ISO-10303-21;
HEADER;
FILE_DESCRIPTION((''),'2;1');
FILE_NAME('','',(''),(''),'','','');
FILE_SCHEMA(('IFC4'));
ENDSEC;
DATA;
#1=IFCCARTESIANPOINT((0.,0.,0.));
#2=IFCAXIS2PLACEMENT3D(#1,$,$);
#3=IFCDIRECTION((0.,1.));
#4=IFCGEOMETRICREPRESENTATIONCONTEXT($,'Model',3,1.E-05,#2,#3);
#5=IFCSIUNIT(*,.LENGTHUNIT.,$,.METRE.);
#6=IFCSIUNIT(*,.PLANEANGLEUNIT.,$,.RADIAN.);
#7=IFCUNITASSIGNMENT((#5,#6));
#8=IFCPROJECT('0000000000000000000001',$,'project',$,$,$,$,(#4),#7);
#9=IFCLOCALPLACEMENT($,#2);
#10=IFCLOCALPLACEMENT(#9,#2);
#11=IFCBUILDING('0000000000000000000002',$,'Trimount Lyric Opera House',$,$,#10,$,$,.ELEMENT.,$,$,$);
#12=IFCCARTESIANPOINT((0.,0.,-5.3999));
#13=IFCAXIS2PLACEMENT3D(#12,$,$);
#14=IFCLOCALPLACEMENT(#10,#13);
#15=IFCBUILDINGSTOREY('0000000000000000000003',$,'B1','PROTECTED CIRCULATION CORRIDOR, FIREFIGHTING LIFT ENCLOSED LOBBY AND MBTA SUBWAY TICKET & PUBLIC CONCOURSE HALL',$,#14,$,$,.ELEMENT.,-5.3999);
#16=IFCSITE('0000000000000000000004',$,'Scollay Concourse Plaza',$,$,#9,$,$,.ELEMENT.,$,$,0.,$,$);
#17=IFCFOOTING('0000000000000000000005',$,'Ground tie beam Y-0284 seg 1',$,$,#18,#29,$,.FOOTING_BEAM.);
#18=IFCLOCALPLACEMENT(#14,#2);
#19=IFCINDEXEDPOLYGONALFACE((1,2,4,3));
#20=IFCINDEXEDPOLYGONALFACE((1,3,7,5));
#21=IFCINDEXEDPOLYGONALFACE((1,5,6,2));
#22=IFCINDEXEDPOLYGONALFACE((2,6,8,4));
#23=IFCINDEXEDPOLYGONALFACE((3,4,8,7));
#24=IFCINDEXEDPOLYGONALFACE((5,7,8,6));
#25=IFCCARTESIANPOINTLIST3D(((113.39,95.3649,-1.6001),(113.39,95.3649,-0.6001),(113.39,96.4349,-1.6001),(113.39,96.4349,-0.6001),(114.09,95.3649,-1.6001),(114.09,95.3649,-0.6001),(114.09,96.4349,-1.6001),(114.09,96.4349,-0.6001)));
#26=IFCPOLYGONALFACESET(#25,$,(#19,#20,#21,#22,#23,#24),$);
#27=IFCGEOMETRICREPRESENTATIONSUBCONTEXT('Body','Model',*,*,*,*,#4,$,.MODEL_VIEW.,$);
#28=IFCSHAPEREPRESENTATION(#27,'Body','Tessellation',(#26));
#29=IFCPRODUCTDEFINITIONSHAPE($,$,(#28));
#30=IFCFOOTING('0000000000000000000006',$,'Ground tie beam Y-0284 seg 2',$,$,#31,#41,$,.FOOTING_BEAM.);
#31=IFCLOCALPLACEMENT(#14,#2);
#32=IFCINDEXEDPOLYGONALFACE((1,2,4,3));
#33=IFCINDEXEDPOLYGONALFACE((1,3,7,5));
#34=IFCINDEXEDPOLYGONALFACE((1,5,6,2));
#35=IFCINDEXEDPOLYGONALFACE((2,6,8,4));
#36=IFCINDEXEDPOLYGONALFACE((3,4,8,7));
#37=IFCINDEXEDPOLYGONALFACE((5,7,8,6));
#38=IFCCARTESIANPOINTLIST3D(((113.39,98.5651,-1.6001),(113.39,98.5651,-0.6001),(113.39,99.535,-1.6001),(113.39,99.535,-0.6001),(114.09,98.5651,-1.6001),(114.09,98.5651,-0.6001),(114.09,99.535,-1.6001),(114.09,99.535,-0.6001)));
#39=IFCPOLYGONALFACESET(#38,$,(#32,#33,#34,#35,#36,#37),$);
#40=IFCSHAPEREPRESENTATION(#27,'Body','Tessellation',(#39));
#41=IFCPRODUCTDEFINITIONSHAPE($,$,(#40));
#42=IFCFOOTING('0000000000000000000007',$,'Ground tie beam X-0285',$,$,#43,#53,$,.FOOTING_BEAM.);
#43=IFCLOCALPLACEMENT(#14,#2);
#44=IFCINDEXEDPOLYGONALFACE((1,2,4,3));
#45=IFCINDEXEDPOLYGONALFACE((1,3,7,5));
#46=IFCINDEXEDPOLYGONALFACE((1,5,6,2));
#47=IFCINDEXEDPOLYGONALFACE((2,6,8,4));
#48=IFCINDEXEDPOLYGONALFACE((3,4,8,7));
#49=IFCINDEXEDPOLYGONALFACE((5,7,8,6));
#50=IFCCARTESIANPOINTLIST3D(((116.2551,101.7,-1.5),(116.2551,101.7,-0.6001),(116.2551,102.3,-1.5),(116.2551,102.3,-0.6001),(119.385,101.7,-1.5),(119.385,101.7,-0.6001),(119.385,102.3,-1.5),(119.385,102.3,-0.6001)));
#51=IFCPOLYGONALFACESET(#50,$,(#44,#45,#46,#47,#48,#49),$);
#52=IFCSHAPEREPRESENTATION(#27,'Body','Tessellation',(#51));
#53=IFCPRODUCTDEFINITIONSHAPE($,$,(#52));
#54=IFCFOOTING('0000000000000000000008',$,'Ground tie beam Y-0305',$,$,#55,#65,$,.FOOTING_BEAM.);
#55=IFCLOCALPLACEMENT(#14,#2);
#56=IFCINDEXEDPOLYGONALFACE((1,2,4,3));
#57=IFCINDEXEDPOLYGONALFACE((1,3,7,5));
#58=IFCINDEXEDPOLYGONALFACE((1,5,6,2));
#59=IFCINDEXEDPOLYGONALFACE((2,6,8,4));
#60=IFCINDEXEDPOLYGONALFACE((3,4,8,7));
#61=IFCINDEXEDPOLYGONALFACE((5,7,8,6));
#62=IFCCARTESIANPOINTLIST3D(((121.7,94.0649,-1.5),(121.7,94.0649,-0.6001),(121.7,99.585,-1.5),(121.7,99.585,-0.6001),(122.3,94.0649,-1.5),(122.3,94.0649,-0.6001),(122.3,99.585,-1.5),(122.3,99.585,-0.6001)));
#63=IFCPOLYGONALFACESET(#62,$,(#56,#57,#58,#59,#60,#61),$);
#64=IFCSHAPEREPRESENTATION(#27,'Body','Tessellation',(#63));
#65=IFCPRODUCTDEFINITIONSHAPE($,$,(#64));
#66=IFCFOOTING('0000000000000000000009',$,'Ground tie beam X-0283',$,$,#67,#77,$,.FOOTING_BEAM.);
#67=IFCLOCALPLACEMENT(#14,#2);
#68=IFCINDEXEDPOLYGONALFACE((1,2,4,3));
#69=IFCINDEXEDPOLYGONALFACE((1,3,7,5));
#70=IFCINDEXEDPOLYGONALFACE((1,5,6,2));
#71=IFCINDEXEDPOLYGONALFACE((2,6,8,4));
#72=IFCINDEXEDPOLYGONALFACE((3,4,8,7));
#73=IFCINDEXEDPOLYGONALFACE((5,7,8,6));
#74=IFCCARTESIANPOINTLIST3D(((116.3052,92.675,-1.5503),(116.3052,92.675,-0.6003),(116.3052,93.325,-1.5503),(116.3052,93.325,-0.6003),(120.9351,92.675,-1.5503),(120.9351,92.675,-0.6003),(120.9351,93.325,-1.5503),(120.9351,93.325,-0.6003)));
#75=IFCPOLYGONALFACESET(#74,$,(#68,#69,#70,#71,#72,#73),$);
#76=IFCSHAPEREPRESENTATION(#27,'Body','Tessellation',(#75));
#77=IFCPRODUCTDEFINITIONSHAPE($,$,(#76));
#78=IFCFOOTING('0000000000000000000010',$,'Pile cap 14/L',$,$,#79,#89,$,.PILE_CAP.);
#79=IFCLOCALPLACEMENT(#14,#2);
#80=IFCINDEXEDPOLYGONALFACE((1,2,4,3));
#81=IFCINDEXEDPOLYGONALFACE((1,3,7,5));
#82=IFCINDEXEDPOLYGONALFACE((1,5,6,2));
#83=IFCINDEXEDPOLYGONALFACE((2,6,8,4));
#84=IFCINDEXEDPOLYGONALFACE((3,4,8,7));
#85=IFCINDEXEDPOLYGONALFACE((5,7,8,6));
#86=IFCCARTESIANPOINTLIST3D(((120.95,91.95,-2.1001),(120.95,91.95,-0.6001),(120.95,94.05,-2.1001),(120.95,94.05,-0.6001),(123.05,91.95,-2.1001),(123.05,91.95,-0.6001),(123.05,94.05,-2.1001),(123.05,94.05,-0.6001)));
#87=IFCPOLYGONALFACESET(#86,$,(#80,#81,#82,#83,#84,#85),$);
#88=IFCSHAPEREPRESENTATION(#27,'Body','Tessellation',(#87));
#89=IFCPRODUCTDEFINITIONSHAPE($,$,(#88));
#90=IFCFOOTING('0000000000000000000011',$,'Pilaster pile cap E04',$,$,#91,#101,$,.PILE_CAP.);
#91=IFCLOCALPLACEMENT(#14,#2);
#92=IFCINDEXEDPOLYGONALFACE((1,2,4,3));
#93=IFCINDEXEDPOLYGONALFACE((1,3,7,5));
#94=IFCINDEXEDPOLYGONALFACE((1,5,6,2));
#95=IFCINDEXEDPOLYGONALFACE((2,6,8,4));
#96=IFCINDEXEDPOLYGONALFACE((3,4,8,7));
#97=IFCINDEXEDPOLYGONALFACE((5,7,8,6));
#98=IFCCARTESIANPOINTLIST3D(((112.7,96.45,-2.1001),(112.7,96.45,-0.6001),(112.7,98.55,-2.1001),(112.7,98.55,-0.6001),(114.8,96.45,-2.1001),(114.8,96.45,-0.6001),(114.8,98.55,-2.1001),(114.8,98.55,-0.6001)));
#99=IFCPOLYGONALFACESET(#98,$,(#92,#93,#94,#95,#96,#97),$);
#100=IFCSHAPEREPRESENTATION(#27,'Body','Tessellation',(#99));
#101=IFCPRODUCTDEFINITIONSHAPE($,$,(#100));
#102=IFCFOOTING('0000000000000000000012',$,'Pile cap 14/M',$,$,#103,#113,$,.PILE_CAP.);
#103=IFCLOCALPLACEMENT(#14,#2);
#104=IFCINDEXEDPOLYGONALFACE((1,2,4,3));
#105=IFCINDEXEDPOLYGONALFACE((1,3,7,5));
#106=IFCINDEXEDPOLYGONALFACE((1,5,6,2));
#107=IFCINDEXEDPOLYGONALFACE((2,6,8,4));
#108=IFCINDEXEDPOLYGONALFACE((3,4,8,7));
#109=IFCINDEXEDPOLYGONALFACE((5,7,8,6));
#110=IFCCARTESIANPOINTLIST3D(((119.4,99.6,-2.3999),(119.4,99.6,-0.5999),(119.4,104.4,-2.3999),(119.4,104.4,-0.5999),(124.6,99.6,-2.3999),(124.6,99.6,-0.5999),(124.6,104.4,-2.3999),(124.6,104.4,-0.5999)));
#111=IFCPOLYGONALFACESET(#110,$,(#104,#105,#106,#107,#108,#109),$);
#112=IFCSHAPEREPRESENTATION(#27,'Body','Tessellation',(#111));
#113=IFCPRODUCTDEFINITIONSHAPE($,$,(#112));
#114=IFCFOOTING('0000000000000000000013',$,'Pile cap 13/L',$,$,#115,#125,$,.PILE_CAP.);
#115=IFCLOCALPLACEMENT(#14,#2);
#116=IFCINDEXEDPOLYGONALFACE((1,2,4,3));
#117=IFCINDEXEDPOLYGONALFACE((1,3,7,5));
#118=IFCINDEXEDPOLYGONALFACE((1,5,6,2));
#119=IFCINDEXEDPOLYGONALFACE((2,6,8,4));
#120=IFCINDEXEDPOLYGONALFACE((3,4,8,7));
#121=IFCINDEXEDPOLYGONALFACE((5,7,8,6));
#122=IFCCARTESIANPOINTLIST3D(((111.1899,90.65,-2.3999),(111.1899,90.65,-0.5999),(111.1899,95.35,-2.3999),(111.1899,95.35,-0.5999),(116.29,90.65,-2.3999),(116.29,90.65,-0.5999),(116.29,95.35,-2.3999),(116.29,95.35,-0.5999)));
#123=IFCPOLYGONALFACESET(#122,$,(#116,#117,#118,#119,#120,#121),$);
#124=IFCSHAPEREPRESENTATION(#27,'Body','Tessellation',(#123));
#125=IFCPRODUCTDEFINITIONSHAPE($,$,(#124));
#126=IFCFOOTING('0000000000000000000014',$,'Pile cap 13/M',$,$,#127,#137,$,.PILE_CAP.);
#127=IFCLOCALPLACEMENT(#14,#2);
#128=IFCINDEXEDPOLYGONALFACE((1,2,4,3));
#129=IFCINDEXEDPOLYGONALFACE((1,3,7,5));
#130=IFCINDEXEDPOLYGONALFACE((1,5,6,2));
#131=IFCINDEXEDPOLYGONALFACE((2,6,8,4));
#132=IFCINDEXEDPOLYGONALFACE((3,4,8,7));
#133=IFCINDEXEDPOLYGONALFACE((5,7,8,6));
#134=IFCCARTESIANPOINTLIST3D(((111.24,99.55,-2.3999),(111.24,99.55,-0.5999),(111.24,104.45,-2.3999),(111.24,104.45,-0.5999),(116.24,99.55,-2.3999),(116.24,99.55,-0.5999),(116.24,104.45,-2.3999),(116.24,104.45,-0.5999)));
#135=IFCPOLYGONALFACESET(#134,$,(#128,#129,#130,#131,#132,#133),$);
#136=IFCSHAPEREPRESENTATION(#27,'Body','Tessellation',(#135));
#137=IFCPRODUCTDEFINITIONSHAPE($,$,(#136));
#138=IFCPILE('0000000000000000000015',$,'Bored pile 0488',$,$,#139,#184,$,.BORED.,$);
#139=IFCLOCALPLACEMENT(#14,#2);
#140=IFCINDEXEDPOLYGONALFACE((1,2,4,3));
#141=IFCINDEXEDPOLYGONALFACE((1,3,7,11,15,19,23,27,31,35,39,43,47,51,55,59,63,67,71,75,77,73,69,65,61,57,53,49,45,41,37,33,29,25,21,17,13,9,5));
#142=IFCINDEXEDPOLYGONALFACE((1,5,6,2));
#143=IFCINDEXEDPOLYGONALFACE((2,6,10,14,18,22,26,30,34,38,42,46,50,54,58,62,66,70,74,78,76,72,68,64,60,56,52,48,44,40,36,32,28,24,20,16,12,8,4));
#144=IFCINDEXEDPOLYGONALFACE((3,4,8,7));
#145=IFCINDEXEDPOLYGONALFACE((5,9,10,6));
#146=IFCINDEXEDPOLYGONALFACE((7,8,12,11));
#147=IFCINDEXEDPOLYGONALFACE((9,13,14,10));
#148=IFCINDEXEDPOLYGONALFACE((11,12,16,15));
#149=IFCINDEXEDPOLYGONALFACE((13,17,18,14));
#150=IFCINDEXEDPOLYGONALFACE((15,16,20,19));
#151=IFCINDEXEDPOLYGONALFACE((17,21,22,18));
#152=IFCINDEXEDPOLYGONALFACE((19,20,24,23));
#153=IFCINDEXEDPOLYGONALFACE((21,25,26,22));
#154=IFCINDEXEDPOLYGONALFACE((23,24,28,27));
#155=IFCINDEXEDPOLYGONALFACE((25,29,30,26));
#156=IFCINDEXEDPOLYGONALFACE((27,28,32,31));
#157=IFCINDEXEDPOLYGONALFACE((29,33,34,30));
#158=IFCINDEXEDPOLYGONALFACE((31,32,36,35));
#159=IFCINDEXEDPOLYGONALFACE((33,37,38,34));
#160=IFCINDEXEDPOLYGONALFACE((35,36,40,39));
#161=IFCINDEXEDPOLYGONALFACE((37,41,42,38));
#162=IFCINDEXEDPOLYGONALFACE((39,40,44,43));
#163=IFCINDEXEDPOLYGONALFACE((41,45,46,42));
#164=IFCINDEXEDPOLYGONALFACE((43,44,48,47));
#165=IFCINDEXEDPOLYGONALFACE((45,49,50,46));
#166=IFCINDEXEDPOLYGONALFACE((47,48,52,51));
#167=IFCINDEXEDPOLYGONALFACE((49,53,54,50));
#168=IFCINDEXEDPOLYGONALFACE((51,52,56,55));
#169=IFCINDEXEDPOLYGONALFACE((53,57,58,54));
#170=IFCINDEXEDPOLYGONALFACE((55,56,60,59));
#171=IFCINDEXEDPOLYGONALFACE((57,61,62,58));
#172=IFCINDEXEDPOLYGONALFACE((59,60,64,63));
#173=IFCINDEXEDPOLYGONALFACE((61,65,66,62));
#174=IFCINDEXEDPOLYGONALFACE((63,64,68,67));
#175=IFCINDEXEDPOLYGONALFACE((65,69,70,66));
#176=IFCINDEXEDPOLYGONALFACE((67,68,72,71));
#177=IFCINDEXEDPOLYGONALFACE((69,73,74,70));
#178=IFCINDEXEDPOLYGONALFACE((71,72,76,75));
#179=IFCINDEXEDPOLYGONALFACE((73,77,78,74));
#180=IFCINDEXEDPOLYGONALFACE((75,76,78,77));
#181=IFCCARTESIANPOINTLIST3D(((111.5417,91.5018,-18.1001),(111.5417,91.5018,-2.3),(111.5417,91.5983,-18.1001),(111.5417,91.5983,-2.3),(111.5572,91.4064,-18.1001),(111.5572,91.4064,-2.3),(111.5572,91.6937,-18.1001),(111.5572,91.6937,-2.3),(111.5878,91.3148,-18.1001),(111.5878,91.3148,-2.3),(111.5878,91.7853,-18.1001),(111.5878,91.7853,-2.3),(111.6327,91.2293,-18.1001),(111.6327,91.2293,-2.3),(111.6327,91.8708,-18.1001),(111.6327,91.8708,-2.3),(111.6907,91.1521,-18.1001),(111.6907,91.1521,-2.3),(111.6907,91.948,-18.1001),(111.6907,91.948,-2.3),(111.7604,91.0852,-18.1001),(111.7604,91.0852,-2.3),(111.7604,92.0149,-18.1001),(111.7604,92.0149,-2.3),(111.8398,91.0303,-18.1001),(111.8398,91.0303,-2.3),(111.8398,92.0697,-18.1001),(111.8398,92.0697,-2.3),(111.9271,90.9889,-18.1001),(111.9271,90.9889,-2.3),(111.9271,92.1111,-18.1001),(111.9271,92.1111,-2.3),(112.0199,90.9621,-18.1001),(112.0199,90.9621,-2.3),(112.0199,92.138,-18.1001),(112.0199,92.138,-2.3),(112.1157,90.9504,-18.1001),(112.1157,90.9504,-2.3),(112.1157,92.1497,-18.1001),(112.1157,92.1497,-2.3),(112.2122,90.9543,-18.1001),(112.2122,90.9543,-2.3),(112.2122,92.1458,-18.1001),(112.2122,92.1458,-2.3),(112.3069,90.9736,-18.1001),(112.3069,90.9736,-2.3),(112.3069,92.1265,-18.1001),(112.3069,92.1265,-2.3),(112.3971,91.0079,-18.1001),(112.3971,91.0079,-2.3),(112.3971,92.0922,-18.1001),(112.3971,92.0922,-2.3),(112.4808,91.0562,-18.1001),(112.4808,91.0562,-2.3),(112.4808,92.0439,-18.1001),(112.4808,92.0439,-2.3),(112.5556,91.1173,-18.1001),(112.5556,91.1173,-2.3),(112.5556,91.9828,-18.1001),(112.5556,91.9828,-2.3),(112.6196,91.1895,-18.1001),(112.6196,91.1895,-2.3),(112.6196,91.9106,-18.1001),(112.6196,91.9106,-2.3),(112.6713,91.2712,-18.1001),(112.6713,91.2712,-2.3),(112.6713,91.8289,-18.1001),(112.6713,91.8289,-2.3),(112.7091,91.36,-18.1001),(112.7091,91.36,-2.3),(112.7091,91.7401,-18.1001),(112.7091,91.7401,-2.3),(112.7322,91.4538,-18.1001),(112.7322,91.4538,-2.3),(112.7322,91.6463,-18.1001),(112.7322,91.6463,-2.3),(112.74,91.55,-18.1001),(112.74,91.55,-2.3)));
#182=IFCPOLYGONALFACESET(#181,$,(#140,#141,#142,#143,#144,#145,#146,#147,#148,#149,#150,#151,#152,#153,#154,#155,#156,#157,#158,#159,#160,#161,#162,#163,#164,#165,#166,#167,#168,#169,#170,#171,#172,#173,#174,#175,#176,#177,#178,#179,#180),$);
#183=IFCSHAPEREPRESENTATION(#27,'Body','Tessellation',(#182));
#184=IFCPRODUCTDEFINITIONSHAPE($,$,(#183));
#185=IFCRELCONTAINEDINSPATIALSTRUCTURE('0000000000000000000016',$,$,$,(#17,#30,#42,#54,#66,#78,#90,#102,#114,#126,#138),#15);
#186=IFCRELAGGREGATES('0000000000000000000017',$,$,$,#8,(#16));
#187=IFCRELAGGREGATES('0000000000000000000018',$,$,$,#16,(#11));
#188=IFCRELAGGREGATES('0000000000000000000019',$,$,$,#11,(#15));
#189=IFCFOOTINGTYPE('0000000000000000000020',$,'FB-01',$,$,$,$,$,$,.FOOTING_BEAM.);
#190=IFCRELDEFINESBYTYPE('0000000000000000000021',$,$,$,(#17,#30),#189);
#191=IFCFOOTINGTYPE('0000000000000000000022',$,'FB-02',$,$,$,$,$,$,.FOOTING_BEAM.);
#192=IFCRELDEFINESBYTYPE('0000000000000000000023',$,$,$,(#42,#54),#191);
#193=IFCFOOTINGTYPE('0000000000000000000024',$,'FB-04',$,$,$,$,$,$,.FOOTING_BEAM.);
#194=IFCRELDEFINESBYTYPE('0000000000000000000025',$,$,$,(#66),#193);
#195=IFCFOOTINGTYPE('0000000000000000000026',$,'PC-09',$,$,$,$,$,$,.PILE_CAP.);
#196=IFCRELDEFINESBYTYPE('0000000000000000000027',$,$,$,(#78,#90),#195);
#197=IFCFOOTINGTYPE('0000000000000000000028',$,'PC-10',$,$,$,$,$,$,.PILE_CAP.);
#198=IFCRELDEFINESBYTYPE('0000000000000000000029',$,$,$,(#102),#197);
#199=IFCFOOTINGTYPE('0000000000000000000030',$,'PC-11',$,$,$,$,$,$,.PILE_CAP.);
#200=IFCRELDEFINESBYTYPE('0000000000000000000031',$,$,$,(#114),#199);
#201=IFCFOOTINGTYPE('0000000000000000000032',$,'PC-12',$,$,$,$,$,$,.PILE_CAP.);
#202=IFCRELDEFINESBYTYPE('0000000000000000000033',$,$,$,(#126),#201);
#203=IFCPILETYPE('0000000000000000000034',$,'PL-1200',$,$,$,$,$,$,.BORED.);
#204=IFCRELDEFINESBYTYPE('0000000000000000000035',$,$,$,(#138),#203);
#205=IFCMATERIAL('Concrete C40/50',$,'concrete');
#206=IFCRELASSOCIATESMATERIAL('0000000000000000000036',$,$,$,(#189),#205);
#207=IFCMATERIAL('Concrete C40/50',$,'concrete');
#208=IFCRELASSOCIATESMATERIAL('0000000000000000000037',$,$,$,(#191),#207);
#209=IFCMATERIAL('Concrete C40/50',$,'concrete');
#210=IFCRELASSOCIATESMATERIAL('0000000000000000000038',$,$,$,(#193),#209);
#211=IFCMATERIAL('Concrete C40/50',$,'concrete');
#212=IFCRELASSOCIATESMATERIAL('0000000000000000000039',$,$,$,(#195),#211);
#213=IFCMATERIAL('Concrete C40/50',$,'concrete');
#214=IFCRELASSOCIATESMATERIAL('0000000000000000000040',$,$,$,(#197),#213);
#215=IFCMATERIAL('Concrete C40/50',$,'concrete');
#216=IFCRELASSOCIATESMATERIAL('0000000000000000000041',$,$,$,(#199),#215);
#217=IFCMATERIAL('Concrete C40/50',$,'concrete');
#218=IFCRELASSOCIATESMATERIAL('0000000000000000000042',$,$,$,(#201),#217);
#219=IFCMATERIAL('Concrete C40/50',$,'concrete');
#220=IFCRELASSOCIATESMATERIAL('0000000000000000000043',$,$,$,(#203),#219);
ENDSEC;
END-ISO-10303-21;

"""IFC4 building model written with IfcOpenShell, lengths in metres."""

from ifc_helpers import new_model, si_unit, direction, frame, origin, origin_2d, place, context, subcontext, project, spatial, rectangle, circle, extrude, material, material_profile, profile_set, type_object, element, save


model = new_model("IFC4")

# Units and contexts
model_context = context("Model", 3, precision=1e-05, world=origin(), true_north=direction((0.0, 1.0)))
body_context = subcontext(model_context, "Body", "Model", "MODEL_VIEW")
ifc_project = project(units=[si_unit("LENGTHUNIT", "METRE"), si_unit("PLANEANGLEUNIT", "RADIAN")], contexts=[model_context])

# Site, building, storey
site_placement = place(None, origin())
site = spatial("IfcSite", under=ifc_project, at=site_placement, Name="Scollay Concourse Plaza", CompositionType="ELEMENT", RefElevation=0.0)
building_placement = place(site_placement, origin())
building = spatial("IfcBuilding", under=site, at=building_placement, Name="Trimount Lyric Opera House", CompositionType="ELEMENT")
storey_placement = place(building_placement, frame((0.0, 0.0, -5.3999)))
storey = spatial("IfcBuildingStorey", under=building, at=storey_placement, Name="B1", Description="PROTECTED CIRCULATION CORRIDOR, FIREFIGHTING LIFT ENCLOSED LOBBY AND MBTA SUBWAY TICKET & PUBLIC CONCOURSE HALL", CompositionType="ELEMENT", Elevation=-5.3999)

# Footings
ifc_material_1 = material(Name="Concrete C40/50", Category="concrete")
footing_type_1 = type_object("IfcFootingType", Name="FB-01", PredefinedType="FOOTING_BEAM", material=ifc_material_1)
footing_1_placement = place(storey_placement, frame((113.74, 95.8999, -1.6001), z_axis=(0.0, 0.0, 1.0), x_axis=(1.0, 0.0, 0.0)))
element("IfcFooting", 1, at=footing_1_placement, inside=storey, type_object=footing_type_1, Name="Ground tie beam Y-0284 seg 1", PredefinedType="FOOTING_BEAM", context=body_context, shape_type="SweptSolid", body=[
    extrude(rectangle(XDim=0.7, YDim=1.0701, at=origin_2d()), origin(), (0.0, 0.0, 1.0), 1.0),
])
footing_2_placement = place(storey_placement, frame((113.74, 99.05, -1.6001), z_axis=(0.0, 0.0, 1.0), x_axis=(1.0, 0.0, 0.0)))
element("IfcFooting", 2, at=footing_2_placement, inside=storey, type_object=footing_type_1, Name="Ground tie beam Y-0284 seg 2", PredefinedType="FOOTING_BEAM", context=body_context, shape_type="SweptSolid", body=[
    extrude(rectangle(XDim=0.7, YDim=0.97, at=origin_2d()), origin(), (0.0, 0.0, 1.0), 1.0),
])
ifc_material_2 = material(Name="Concrete C40/50", Category="concrete")
footing_type_2 = type_object("IfcFootingType", Name="FB-02", PredefinedType="FOOTING_BEAM", material=ifc_material_2)
footing_3_placement = place(storey_placement, frame((117.8201, 102.0, -1.5), z_axis=(0.0, 0.0, 1.0), x_axis=(1.0, 0.0, 0.0)))
element("IfcFooting", 3, at=footing_3_placement, inside=storey, type_object=footing_type_2, Name="Ground tie beam X-0285", PredefinedType="FOOTING_BEAM", context=body_context, shape_type="SweptSolid", body=[
    extrude(rectangle(XDim=3.1299, YDim=0.6001, at=origin_2d()), origin(), (0.0, 0.0, 1.0), 0.8999),
])
footing_4_placement = place(storey_placement, frame((122.0, 96.825, -1.5), z_axis=(0.0, 0.0, 1.0), x_axis=(1.0, 0.0, 0.0)))
element("IfcFooting", 4, at=footing_4_placement, inside=storey, type_object=footing_type_2, Name="Ground tie beam Y-0305", PredefinedType="FOOTING_BEAM", context=body_context, shape_type="SweptSolid", body=[
    extrude(rectangle(XDim=0.6001, YDim=5.52, at=origin_2d()), origin(), (0.0, 0.0, 1.0), 0.8999),
])
ifc_material_3 = material(Name="Concrete C40/50", Category="concrete")
footing_type_3 = type_object("IfcFootingType", Name="FB-04", PredefinedType="FOOTING_BEAM", material=ifc_material_3)
footing_5_placement = place(storey_placement, frame((118.6201, 93.0, -1.5503), z_axis=(0.0, 0.0, 1.0), x_axis=(1.0, 0.0, 0.0)))
element("IfcFooting", 5, at=footing_5_placement, inside=storey, type_object=footing_type_3, Name="Ground tie beam X-0283", PredefinedType="FOOTING_BEAM", context=body_context, shape_type="SweptSolid", body=[
    extrude(rectangle(XDim=4.6299, YDim=0.6499, at=origin_2d()), origin(), (0.0, 0.0, 1.0), 0.95),
])
ifc_material_4 = material(Name="Concrete C40/50", Category="concrete")
footing_type_4 = type_object("IfcFootingType", Name="PC-09", PredefinedType="PILE_CAP", material=ifc_material_4)
for number, where, z_axis, x_axis, name in (
    (6, (122.0, 93.0, -2.1001), (0.0, 0.0, 1.0), (1.0, 0.0, 0.0), "Pile cap 14/L"),
    (7, (113.75, 97.5, -2.1001), (0.0, 0.0, 1.0), (1.0, 0.0, 0.0), "Pilaster pile cap E04"),
):
    element("IfcFooting", number, at=place(storey_placement, frame(where, z_axis=z_axis, x_axis=x_axis)), inside=storey, type_object=footing_type_4, Name=name, PredefinedType="PILE_CAP", context=body_context, shape_type="SweptSolid", body=[
        extrude(rectangle(XDim=2.1001, YDim=2.1001, at=origin_2d()), origin(), (0.0, 0.0, 1.0), 1.5),
    ])
ifc_material_5 = material(Name="Concrete C40/50", Category="concrete")
footing_type_5 = type_object("IfcFootingType", Name="PC-10", PredefinedType="PILE_CAP", material=ifc_material_5)
footing_6_placement = place(storey_placement, frame((122.0, 102.0, -2.3999), z_axis=(0.0, 0.0, 1.0), x_axis=(1.0, 0.0, 0.0)))
element("IfcFooting", 8, at=footing_6_placement, inside=storey, type_object=footing_type_5, Name="Pile cap 14/M", PredefinedType="PILE_CAP", context=body_context, shape_type="SweptSolid", body=[
    extrude(rectangle(XDim=5.2, YDim=4.8, at=origin_2d()), origin(), (0.0, 0.0, 1.0), 1.8),
])
ifc_material_6 = material(Name="Concrete C40/50", Category="concrete")
footing_type_6 = type_object("IfcFootingType", Name="PC-11", PredefinedType="PILE_CAP", material=ifc_material_6)
footing_7_placement = place(storey_placement, frame((113.74, 93.0, -2.3999), z_axis=(0.0, 0.0, 1.0), x_axis=(1.0, 0.0, 0.0)))
element("IfcFooting", 9, at=footing_7_placement, inside=storey, type_object=footing_type_6, Name="Pile cap 13/L", PredefinedType="PILE_CAP", context=body_context, shape_type="SweptSolid", body=[
    extrude(rectangle(XDim=5.1001, YDim=4.7, at=origin_2d()), origin(), (0.0, 0.0, 1.0), 1.8),
])
ifc_material_7 = material(Name="Concrete C40/50", Category="concrete")
footing_type_7 = type_object("IfcFootingType", Name="PC-12", PredefinedType="PILE_CAP", material=ifc_material_7)
footing_8_placement = place(storey_placement, frame((113.74, 102.0, -2.3999), z_axis=(0.0, 0.0, 1.0), x_axis=(1.0, 0.0, 0.0)))
element("IfcFooting", 10, at=footing_8_placement, inside=storey, type_object=footing_type_7, Name="Pile cap 13/M", PredefinedType="PILE_CAP", context=body_context, shape_type="SweptSolid", body=[
    extrude(rectangle(XDim=5.0, YDim=4.8999, at=origin_2d()), origin(), (0.0, 0.0, 1.0), 1.8),
])

# Pile
ifc_material_8 = material(Name="Concrete C40/50", Category="concrete")
ifc_material_profile_1 = material_profile(ifc_material_8, circle(Radius=0.6001, at=origin_2d()), Name="PILE-D1200")
ifc_profile_set_1 = profile_set([ifc_material_profile_1], Name="Concrete C40/50")
pile_type_1 = type_object("IfcPileType", Name="PL-1200", PredefinedType="BORED", material=ifc_profile_set_1)
for number, where, z_axis, x_axis, name in (
    (11, (112.1399, 91.55, -2.3), (0.0, 0.0, -1.0), (1.0, 0.0, 0.0), "Bored pile 0488"),
):
    element("IfcPile", number, at=place(storey_placement, frame(where, z_axis=z_axis, x_axis=x_axis)), inside=storey, type_object=pile_type_1, Name=name, PredefinedType="BORED", context=body_context, shape_type="SweptSolid", body=[
        extrude(circle(Radius=0.6001, at=origin_2d()), origin(), (0.0, 0.0, 1.0), 15.8),
    ])

save(model, "model.ifc")
